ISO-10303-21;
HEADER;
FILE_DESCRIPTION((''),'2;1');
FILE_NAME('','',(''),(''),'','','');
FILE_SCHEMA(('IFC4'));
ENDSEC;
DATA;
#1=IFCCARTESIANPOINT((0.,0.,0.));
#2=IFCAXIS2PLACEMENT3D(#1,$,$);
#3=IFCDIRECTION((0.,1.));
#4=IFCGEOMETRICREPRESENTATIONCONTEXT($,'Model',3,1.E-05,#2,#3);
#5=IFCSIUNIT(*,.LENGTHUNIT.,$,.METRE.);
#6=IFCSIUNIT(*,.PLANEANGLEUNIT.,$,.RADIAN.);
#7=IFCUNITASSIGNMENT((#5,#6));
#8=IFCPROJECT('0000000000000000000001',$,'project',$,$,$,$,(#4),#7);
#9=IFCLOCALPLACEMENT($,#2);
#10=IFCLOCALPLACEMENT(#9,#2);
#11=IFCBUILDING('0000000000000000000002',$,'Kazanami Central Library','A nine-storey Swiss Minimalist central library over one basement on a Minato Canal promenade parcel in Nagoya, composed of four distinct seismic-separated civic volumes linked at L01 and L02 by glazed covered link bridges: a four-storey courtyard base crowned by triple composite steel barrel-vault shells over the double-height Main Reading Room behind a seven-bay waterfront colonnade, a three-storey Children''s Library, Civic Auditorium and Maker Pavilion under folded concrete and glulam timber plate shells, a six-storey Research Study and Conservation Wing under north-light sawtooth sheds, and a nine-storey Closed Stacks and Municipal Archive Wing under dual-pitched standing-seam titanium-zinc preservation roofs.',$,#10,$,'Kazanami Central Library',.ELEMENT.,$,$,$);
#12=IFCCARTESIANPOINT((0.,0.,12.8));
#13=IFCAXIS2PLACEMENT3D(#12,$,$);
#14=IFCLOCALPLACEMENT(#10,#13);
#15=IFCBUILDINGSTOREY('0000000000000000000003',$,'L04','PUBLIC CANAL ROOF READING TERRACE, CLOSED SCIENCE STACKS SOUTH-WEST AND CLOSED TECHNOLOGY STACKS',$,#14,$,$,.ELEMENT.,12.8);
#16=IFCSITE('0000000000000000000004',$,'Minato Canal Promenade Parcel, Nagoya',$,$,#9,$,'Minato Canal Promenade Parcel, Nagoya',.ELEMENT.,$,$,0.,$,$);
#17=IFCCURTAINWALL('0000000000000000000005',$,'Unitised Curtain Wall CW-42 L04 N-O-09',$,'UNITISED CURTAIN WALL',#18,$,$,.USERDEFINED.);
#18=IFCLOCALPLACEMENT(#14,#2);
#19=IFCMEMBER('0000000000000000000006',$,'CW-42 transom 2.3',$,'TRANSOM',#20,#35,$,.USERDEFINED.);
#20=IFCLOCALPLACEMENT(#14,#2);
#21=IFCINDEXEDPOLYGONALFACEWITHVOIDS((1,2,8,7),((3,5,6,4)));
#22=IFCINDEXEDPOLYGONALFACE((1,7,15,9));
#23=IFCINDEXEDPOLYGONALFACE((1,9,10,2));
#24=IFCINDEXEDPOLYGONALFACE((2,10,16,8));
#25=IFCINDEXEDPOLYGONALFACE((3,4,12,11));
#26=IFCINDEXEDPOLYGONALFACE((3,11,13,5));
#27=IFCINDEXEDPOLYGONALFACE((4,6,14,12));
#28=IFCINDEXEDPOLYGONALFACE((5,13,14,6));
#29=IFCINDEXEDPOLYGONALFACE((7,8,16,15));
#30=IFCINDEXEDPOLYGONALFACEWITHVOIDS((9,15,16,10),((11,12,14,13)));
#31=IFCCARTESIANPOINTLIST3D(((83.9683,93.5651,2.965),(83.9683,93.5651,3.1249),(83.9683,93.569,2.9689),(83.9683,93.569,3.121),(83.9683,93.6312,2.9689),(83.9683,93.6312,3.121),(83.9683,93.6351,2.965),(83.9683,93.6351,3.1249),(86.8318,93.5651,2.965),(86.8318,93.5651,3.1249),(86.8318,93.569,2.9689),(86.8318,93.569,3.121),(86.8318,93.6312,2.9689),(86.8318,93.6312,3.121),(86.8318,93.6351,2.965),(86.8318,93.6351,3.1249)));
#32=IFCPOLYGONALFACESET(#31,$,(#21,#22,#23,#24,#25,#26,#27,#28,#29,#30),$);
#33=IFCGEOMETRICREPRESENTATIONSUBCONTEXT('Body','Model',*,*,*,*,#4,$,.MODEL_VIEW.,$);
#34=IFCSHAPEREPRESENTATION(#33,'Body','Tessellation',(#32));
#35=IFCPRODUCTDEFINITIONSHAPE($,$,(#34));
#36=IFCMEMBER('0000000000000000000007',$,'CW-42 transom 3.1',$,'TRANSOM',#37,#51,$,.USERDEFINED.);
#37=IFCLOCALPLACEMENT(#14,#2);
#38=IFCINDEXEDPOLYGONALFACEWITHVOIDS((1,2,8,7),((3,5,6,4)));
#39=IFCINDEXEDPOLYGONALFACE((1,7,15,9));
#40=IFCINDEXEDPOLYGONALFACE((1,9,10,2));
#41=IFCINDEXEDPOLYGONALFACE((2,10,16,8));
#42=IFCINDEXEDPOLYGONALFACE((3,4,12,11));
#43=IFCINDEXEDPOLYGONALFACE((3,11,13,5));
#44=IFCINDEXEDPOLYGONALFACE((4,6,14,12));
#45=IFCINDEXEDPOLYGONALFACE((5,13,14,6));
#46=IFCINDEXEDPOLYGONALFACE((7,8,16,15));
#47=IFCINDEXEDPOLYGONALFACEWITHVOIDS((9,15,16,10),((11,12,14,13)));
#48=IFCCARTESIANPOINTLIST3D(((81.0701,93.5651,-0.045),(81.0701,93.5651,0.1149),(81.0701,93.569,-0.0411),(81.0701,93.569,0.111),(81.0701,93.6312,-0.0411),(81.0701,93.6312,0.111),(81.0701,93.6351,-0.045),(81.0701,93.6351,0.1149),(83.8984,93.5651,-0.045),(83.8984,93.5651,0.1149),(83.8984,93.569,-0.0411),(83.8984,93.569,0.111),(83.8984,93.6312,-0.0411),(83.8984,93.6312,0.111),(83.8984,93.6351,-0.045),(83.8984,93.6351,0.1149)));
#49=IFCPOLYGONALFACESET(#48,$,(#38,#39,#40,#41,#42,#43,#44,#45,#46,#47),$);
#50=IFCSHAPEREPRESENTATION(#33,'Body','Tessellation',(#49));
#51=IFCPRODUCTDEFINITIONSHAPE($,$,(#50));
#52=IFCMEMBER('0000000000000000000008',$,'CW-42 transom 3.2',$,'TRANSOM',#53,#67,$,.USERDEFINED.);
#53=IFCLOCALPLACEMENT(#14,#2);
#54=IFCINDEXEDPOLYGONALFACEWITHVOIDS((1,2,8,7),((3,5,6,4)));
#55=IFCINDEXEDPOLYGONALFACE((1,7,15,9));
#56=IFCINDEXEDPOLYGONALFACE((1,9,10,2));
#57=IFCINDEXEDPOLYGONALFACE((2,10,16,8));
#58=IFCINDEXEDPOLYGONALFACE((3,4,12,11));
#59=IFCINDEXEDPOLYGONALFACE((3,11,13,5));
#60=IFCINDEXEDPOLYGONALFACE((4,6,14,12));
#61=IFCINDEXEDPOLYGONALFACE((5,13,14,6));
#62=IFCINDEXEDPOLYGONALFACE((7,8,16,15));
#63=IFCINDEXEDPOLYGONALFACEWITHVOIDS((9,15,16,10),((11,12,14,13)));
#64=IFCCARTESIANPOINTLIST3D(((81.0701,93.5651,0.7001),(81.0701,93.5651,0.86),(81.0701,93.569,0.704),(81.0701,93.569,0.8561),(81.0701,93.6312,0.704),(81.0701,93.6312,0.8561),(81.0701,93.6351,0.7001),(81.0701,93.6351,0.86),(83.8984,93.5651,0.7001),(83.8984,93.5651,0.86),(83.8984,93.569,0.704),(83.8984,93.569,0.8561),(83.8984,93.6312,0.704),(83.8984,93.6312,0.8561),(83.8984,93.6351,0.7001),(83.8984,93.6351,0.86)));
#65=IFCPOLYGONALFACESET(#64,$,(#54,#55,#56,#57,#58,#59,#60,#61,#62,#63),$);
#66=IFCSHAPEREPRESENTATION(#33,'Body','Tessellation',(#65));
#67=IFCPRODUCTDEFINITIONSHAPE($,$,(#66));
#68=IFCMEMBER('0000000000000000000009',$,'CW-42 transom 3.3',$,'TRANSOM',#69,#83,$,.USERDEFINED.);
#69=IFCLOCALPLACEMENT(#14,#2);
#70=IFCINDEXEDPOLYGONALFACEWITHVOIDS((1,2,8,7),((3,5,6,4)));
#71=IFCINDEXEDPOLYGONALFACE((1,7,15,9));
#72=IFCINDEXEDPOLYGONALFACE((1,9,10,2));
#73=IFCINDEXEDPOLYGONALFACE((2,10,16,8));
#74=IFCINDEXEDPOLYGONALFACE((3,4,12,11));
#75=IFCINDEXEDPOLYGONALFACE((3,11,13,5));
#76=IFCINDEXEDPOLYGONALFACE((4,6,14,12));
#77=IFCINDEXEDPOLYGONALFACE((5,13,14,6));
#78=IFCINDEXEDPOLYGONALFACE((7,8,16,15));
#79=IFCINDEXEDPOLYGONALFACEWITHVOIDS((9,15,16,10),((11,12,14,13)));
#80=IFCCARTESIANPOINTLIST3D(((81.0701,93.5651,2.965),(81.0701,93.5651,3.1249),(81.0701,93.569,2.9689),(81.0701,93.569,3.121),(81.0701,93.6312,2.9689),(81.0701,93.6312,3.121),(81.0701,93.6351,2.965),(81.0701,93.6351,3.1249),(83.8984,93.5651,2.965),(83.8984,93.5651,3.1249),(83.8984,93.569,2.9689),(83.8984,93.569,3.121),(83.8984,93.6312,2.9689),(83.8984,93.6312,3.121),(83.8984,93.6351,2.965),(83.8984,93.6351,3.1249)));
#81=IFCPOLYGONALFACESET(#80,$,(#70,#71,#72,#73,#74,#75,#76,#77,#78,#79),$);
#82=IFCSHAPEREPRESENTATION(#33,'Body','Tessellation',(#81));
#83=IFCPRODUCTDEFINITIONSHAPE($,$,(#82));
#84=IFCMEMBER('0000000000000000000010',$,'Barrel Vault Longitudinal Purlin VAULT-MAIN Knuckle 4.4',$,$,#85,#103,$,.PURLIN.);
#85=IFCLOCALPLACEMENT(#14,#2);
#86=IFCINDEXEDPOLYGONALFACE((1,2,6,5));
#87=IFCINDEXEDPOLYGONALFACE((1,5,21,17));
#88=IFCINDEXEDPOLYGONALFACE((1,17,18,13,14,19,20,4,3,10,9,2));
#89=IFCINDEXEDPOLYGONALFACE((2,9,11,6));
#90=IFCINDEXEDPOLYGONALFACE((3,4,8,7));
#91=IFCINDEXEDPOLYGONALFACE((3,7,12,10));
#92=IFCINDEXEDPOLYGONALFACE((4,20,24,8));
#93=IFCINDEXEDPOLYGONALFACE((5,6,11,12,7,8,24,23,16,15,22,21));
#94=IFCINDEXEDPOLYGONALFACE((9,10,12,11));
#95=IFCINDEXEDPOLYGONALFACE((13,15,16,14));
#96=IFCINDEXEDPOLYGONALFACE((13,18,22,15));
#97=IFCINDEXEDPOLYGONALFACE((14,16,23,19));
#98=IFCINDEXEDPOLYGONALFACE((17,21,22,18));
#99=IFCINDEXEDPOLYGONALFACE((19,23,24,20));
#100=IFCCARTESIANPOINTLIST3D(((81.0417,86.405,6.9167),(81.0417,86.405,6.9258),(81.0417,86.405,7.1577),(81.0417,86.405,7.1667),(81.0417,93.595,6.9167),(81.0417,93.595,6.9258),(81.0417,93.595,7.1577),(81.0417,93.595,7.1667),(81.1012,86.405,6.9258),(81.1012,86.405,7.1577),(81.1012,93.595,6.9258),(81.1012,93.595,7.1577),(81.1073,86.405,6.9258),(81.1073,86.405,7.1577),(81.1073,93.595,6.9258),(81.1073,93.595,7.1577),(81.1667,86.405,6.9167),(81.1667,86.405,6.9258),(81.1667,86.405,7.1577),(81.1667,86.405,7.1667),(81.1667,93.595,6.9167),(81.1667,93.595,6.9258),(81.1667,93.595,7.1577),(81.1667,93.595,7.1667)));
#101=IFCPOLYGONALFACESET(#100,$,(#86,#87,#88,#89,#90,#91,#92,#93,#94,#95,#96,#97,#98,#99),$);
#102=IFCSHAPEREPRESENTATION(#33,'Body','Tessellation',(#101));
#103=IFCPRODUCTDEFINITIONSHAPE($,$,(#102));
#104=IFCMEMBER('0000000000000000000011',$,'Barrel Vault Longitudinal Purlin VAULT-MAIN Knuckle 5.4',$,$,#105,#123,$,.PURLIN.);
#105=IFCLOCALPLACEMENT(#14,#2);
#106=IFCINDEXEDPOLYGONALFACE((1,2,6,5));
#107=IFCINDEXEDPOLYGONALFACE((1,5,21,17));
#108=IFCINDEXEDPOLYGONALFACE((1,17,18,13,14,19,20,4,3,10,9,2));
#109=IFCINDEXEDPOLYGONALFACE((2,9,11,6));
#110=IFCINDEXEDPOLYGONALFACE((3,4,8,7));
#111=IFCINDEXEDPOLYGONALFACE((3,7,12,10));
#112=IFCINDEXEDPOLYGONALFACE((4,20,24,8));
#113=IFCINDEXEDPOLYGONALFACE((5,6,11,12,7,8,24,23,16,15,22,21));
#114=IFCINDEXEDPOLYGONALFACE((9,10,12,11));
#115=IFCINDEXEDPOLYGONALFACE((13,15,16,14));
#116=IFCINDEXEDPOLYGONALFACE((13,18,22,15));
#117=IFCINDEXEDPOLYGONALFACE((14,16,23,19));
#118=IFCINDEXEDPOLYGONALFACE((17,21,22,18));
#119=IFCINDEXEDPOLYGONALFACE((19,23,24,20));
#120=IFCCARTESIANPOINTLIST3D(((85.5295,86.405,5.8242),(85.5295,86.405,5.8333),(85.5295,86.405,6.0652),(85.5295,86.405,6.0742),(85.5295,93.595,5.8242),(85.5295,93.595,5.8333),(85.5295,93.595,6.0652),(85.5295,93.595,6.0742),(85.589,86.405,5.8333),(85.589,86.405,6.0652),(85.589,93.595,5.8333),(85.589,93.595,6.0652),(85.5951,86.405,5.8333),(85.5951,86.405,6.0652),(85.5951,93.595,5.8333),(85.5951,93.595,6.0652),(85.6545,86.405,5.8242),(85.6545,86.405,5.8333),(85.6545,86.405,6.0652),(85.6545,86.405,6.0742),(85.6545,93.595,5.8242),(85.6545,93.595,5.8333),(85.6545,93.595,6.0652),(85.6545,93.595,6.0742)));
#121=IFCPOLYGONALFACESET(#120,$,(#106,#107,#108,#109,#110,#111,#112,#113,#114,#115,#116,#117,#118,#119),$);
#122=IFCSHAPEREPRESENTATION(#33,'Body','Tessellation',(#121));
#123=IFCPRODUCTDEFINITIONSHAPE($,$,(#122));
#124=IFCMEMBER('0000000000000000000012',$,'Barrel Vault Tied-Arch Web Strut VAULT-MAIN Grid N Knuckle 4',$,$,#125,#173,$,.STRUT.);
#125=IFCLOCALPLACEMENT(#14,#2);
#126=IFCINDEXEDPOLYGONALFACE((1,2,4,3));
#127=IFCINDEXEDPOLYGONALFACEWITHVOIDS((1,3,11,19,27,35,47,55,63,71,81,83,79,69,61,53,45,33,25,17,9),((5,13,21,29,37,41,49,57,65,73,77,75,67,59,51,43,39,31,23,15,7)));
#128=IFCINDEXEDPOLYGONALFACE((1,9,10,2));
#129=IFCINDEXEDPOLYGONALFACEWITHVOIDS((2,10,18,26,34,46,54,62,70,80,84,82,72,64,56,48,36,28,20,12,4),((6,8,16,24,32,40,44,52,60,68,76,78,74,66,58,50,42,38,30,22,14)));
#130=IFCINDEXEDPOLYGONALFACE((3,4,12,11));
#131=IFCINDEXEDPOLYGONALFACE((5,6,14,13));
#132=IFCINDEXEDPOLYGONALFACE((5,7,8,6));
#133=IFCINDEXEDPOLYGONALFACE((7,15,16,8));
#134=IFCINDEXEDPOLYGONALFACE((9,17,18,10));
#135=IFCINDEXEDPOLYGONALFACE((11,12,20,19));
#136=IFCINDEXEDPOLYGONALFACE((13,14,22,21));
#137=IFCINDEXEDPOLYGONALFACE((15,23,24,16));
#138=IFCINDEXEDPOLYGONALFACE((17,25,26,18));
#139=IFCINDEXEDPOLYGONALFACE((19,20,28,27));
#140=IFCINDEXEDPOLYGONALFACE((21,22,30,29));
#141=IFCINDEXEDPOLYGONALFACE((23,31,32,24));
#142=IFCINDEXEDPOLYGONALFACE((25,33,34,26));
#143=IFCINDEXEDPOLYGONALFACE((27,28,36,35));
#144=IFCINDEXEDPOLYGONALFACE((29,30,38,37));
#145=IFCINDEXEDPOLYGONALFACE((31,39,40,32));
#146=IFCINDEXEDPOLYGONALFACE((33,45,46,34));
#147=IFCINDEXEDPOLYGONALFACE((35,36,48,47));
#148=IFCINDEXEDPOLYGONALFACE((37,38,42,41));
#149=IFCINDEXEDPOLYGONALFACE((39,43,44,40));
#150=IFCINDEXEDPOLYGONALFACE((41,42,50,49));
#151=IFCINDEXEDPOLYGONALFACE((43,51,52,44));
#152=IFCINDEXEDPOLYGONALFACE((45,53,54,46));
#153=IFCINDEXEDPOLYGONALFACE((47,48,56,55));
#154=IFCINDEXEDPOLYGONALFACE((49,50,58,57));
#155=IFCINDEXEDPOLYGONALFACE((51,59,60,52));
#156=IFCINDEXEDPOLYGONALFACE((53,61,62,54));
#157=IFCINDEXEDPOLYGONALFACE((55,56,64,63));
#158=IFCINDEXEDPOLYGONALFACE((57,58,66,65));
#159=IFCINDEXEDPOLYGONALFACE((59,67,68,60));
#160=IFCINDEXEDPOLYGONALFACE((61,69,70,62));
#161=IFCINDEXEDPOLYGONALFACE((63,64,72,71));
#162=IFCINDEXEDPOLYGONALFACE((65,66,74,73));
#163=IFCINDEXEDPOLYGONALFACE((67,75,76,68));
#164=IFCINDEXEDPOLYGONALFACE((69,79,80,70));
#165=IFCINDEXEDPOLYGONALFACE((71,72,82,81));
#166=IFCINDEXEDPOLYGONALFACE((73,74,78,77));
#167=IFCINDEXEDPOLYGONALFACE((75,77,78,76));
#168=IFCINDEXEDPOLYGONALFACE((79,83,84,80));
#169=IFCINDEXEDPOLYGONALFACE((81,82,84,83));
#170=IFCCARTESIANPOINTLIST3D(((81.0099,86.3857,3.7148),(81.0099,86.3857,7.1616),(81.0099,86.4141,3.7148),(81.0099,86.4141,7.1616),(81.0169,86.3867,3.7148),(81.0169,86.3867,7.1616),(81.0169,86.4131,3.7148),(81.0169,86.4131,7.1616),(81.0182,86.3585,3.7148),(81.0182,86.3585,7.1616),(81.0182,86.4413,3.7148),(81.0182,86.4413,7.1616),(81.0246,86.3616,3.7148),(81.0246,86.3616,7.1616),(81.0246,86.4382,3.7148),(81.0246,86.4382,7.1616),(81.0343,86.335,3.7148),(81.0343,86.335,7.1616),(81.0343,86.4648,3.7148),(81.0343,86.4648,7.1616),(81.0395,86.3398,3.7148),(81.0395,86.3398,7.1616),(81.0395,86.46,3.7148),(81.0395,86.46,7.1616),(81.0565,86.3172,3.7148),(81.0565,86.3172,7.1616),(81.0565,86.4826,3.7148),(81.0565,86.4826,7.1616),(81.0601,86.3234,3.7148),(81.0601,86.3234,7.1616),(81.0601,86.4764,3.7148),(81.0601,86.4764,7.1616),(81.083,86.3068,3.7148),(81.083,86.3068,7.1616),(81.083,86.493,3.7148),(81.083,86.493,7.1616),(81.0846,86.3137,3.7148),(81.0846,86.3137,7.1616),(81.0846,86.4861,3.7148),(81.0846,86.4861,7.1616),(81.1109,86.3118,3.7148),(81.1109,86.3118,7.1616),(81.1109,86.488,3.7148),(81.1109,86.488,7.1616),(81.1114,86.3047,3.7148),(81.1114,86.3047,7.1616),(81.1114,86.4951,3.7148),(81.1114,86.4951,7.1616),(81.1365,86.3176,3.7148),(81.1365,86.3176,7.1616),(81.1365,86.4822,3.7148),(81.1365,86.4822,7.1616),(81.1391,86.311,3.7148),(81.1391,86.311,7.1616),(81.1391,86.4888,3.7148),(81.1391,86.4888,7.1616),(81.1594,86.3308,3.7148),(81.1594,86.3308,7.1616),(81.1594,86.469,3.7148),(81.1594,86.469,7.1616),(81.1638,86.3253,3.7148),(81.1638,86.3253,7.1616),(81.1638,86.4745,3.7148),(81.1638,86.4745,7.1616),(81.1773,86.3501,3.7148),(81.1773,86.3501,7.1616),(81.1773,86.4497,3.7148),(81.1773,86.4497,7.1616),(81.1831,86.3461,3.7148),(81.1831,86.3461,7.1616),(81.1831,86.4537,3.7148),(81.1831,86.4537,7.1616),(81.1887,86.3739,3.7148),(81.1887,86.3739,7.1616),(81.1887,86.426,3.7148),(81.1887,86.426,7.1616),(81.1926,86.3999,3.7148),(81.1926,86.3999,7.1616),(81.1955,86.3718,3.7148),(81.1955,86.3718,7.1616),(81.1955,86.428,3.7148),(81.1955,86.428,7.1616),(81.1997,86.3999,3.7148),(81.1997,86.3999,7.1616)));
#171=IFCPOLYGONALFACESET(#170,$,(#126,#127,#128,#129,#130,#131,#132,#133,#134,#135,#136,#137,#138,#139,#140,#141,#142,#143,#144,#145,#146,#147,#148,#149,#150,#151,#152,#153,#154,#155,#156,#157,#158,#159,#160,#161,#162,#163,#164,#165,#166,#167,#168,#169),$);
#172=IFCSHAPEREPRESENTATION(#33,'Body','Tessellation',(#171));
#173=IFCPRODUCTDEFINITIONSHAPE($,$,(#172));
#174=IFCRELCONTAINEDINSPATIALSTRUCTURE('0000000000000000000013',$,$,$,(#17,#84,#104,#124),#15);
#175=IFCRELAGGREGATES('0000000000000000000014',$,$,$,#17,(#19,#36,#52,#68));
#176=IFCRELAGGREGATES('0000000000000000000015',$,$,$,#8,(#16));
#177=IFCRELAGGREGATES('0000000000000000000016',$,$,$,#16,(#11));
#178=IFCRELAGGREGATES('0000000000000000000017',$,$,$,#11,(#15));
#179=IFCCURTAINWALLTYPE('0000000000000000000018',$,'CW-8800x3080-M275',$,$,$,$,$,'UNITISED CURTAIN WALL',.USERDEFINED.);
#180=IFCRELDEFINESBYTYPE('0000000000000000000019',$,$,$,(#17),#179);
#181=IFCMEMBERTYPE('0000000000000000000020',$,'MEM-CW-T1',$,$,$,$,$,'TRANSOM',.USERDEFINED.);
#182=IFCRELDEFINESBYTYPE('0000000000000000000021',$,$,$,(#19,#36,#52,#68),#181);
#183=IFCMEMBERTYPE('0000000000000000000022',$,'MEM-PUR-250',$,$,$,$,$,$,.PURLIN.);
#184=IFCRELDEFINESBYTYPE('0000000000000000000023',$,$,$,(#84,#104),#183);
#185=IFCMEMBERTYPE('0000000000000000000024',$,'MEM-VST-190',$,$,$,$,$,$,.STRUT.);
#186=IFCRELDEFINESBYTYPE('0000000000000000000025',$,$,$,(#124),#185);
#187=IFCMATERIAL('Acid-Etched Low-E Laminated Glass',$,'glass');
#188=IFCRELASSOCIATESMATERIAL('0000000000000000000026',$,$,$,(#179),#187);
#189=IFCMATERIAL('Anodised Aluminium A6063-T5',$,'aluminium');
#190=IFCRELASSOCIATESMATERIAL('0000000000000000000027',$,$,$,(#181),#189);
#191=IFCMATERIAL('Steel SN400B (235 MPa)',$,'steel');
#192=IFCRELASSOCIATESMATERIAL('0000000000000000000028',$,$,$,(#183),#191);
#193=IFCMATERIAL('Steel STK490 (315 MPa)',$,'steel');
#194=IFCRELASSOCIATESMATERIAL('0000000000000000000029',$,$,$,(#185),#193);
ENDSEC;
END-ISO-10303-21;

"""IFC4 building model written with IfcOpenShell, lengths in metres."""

from ifc_helpers import new_model, si_unit, direction, frame, origin, origin_2d, place, context, subcontext, project, spatial, hollow_rectangle, hollow_circle, i_section, extrude, material, material_profile, profile_set, type_object, element, aggregate, save


model = new_model("IFC4")

# Units and contexts
model_context = context("Model", 3, precision=1e-05, world=origin(), true_north=direction((0.0, 1.0)))
body_context = subcontext(model_context, "Body", "Model", "MODEL_VIEW")
ifc_project = project(units=[si_unit("LENGTHUNIT", "METRE"), si_unit("PLANEANGLEUNIT", "RADIAN")], contexts=[model_context])

# Site, building, storey
site_placement = place(None, origin())
site = spatial("IfcSite", under=ifc_project, at=site_placement, Name="Minato Canal Promenade Parcel, Nagoya", LongName="Minato Canal Promenade Parcel, Nagoya", CompositionType="ELEMENT", RefElevation=0.0)
building_placement = place(site_placement, origin())
building = spatial("IfcBuilding", under=site, at=building_placement, Name="Kazanami Central Library", Description="A nine-storey Swiss Minimalist central library over one basement on a Minato Canal promenade parcel in Nagoya, composed of four distinct seismic-separated civic volumes linked at L01 and L02 by glazed covered link bridges: a four-storey courtyard base crowned by triple composite steel barrel-vault shells over the double-height Main Reading Room behind a seven-bay waterfront colonnade, a three-storey Children's Library, Civic Auditorium and Maker Pavilion under folded concrete and glulam timber plate shells, a six-storey Research Study and Conservation Wing under north-light sawtooth sheds, and a nine-storey Closed Stacks and Municipal Archive Wing under dual-pitched standing-seam titanium-zinc preservation roofs.", LongName="Kazanami Central Library", CompositionType="ELEMENT")
storey_placement = place(building_placement, frame((0.0, 0.0, 12.8)))
storey = spatial("IfcBuildingStorey", under=building, at=storey_placement, Name="L04", Description="PUBLIC CANAL ROOF READING TERRACE, CLOSED SCIENCE STACKS SOUTH-WEST AND CLOSED TECHNOLOGY STACKS", CompositionType="ELEMENT", Elevation=12.8)

# Curtain wall, members
ifc_material_1 = material(Name="Acid-Etched Low-E Laminated Glass", Category="glass")
curtain_wall_type = type_object("IfcCurtainWallType", Name="CW-8800x3080-M275", ElementType="UNITISED CURTAIN WALL", PredefinedType="USERDEFINED", material=ifc_material_1)
curtain_wall_placement = place(storey_placement, origin())
curtain_wall = element("IfcCurtainWall", 1, at=curtain_wall_placement, inside=storey, type_object=curtain_wall_type, Name="Unitised Curtain Wall CW-42 L04 N-O-09", ObjectType="UNITISED CURTAIN WALL", PredefinedType="USERDEFINED")
ifc_material_2 = material(Name="Anodised Aluminium A6063-T5", Category="aluminium")
ifc_material_profile_1 = material_profile(ifc_material_2, hollow_rectangle(XDim=0.0701, YDim=0.1599, WallThickness=0.0039, at=origin_2d()), Name="ALU-TRAN-70x160x4")
ifc_profile_set_1 = profile_set([ifc_material_profile_1], Name="Anodised Aluminium A6063-T5")
member_type_1 = type_object("IfcMemberType", Name="MEM-CW-T1", ElementType="TRANSOM", PredefinedType="USERDEFINED", material=ifc_profile_set_1)
member_1_placement = place(storey_placement, frame((86.8318, 93.6001, 3.0449), z_axis=(-1.0, 0.0, 0.0), x_axis=(0.0, -1.0, 0.0)))
member_1 = element("IfcMember", 2, at=member_1_placement, type_object=member_type_1, Name="CW-42 transom 2.3", ObjectType="TRANSOM", PredefinedType="USERDEFINED", context=body_context, shape_type="SweptSolid", body=[
    extrude(hollow_rectangle(XDim=0.0701, YDim=0.1599, WallThickness=0.0039, at=origin_2d()), origin(), (0.0, 0.0, 1.0), 2.8635),
])
member_2_placement = place(storey_placement, frame((83.8984, 93.6001, 0.0349), z_axis=(-1.0, 0.0, 0.0), x_axis=(0.0, -1.0, 0.0)))
member_2 = element("IfcMember", 3, at=member_2_placement, type_object=member_type_1, Name="CW-42 transom 3.1", ObjectType="TRANSOM", PredefinedType="USERDEFINED", context=body_context, shape_type="SweptSolid", body=[
    extrude(hollow_rectangle(XDim=0.0701, YDim=0.1599, WallThickness=0.0039, at=origin_2d()), origin(), (0.0, 0.0, 1.0), 2.8284),
])
member_3_placement = place(storey_placement, frame((83.8984, 93.6001, 0.78), z_axis=(-1.0, 0.0, 0.0), x_axis=(0.0, -1.0, 0.0)))
member_3 = element("IfcMember", 4, at=member_3_placement, type_object=member_type_1, Name="CW-42 transom 3.2", ObjectType="TRANSOM", PredefinedType="USERDEFINED", context=body_context, shape_type="SweptSolid", body=[
    extrude(hollow_rectangle(XDim=0.0701, YDim=0.1599, WallThickness=0.0039, at=origin_2d()), origin(), (0.0, 0.0, 1.0), 2.8284),
])
member_4_placement = place(storey_placement, frame((83.8984, 93.6001, 3.0449), z_axis=(-1.0, 0.0, 0.0), x_axis=(0.0, -1.0, 0.0)))
member_4 = element("IfcMember", 5, at=member_4_placement, type_object=member_type_1, Name="CW-42 transom 3.3", ObjectType="TRANSOM", PredefinedType="USERDEFINED", context=body_context, shape_type="SweptSolid", body=[
    extrude(hollow_rectangle(XDim=0.0701, YDim=0.1599, WallThickness=0.0039, at=origin_2d()), origin(), (0.0, 0.0, 1.0), 2.8284),
])

# Members
ifc_material_3 = material(Name="Steel SN400B (235 MPa)", Category="steel")
ifc_material_profile_2 = material_profile(ifc_material_3, i_section(OverallWidth=0.125, OverallDepth=0.25, WebThickness=0.0061, FlangeThickness=0.009, at=origin_2d()), Name="H-250x125x6x9")
ifc_profile_set_2 = profile_set([ifc_material_profile_2], Name="Steel SN400B (235 MPa)")
member_type_2 = type_object("IfcMemberType", Name="MEM-PUR-250", PredefinedType="PURLIN", material=ifc_profile_set_2)
for number, where, z_axis, x_axis, name in (
    (6, (81.1042, 86.405, 7.0417), (0.0, 1.0, 0.0), (-1.0, 0.0, 0.0), "Barrel Vault Longitudinal Purlin VAULT-MAIN Knuckle 4.4"),
    (7, (85.592, 86.405, 5.9492), (0.0, 1.0, 0.0), (-1.0, 0.0, 0.0), "Barrel Vault Longitudinal Purlin VAULT-MAIN Knuckle 5.4"),
):
    element("IfcMember", number, at=place(storey_placement, frame(where, z_axis=z_axis, x_axis=x_axis)), inside=storey, type_object=member_type_2, Name=name, PredefinedType="PURLIN", context=body_context, shape_type="SweptSolid", body=[
        extrude(i_section(OverallWidth=0.125, OverallDepth=0.25, WebThickness=0.0061, FlangeThickness=0.009, at=origin_2d()), origin(), (0.0, 0.0, 1.0), 7.1899),
    ])
ifc_material_4 = material(Name="Steel STK490 (315 MPa)", Category="steel")
ifc_material_profile_3 = material_profile(ifc_material_4, hollow_circle(Radius=0.0955, WallThickness=0.0071, at=origin_2d()), Name="CHS-190.7x7.0")
ifc_profile_set_3 = profile_set([ifc_material_profile_3], Name="Steel STK490 (315 MPa)")
member_type_3 = type_object("IfcMemberType", Name="MEM-VST-190", PredefinedType="STRUT", material=ifc_profile_set_3)
member_5_placement = place(storey_placement, frame((81.1042, 86.3999, 3.7148), z_axis=(0.0, 0.0, 1.0), x_axis=(1.0, 0.0, 0.0)))
element("IfcMember", 8, at=member_5_placement, inside=storey, type_object=member_type_3, Name="Barrel Vault Tied-Arch Web Strut VAULT-MAIN Grid N Knuckle 4", PredefinedType="STRUT", context=body_context, shape_type="SweptSolid", body=[
    extrude(hollow_circle(Radius=0.0955, WallThickness=0.0071, at=origin_2d()), origin(), (0.0, 0.0, 1.0), 3.4468),
])

aggregate(curtain_wall, [member_1, member_2, member_3, member_4])

save(model, "model.ifc")
